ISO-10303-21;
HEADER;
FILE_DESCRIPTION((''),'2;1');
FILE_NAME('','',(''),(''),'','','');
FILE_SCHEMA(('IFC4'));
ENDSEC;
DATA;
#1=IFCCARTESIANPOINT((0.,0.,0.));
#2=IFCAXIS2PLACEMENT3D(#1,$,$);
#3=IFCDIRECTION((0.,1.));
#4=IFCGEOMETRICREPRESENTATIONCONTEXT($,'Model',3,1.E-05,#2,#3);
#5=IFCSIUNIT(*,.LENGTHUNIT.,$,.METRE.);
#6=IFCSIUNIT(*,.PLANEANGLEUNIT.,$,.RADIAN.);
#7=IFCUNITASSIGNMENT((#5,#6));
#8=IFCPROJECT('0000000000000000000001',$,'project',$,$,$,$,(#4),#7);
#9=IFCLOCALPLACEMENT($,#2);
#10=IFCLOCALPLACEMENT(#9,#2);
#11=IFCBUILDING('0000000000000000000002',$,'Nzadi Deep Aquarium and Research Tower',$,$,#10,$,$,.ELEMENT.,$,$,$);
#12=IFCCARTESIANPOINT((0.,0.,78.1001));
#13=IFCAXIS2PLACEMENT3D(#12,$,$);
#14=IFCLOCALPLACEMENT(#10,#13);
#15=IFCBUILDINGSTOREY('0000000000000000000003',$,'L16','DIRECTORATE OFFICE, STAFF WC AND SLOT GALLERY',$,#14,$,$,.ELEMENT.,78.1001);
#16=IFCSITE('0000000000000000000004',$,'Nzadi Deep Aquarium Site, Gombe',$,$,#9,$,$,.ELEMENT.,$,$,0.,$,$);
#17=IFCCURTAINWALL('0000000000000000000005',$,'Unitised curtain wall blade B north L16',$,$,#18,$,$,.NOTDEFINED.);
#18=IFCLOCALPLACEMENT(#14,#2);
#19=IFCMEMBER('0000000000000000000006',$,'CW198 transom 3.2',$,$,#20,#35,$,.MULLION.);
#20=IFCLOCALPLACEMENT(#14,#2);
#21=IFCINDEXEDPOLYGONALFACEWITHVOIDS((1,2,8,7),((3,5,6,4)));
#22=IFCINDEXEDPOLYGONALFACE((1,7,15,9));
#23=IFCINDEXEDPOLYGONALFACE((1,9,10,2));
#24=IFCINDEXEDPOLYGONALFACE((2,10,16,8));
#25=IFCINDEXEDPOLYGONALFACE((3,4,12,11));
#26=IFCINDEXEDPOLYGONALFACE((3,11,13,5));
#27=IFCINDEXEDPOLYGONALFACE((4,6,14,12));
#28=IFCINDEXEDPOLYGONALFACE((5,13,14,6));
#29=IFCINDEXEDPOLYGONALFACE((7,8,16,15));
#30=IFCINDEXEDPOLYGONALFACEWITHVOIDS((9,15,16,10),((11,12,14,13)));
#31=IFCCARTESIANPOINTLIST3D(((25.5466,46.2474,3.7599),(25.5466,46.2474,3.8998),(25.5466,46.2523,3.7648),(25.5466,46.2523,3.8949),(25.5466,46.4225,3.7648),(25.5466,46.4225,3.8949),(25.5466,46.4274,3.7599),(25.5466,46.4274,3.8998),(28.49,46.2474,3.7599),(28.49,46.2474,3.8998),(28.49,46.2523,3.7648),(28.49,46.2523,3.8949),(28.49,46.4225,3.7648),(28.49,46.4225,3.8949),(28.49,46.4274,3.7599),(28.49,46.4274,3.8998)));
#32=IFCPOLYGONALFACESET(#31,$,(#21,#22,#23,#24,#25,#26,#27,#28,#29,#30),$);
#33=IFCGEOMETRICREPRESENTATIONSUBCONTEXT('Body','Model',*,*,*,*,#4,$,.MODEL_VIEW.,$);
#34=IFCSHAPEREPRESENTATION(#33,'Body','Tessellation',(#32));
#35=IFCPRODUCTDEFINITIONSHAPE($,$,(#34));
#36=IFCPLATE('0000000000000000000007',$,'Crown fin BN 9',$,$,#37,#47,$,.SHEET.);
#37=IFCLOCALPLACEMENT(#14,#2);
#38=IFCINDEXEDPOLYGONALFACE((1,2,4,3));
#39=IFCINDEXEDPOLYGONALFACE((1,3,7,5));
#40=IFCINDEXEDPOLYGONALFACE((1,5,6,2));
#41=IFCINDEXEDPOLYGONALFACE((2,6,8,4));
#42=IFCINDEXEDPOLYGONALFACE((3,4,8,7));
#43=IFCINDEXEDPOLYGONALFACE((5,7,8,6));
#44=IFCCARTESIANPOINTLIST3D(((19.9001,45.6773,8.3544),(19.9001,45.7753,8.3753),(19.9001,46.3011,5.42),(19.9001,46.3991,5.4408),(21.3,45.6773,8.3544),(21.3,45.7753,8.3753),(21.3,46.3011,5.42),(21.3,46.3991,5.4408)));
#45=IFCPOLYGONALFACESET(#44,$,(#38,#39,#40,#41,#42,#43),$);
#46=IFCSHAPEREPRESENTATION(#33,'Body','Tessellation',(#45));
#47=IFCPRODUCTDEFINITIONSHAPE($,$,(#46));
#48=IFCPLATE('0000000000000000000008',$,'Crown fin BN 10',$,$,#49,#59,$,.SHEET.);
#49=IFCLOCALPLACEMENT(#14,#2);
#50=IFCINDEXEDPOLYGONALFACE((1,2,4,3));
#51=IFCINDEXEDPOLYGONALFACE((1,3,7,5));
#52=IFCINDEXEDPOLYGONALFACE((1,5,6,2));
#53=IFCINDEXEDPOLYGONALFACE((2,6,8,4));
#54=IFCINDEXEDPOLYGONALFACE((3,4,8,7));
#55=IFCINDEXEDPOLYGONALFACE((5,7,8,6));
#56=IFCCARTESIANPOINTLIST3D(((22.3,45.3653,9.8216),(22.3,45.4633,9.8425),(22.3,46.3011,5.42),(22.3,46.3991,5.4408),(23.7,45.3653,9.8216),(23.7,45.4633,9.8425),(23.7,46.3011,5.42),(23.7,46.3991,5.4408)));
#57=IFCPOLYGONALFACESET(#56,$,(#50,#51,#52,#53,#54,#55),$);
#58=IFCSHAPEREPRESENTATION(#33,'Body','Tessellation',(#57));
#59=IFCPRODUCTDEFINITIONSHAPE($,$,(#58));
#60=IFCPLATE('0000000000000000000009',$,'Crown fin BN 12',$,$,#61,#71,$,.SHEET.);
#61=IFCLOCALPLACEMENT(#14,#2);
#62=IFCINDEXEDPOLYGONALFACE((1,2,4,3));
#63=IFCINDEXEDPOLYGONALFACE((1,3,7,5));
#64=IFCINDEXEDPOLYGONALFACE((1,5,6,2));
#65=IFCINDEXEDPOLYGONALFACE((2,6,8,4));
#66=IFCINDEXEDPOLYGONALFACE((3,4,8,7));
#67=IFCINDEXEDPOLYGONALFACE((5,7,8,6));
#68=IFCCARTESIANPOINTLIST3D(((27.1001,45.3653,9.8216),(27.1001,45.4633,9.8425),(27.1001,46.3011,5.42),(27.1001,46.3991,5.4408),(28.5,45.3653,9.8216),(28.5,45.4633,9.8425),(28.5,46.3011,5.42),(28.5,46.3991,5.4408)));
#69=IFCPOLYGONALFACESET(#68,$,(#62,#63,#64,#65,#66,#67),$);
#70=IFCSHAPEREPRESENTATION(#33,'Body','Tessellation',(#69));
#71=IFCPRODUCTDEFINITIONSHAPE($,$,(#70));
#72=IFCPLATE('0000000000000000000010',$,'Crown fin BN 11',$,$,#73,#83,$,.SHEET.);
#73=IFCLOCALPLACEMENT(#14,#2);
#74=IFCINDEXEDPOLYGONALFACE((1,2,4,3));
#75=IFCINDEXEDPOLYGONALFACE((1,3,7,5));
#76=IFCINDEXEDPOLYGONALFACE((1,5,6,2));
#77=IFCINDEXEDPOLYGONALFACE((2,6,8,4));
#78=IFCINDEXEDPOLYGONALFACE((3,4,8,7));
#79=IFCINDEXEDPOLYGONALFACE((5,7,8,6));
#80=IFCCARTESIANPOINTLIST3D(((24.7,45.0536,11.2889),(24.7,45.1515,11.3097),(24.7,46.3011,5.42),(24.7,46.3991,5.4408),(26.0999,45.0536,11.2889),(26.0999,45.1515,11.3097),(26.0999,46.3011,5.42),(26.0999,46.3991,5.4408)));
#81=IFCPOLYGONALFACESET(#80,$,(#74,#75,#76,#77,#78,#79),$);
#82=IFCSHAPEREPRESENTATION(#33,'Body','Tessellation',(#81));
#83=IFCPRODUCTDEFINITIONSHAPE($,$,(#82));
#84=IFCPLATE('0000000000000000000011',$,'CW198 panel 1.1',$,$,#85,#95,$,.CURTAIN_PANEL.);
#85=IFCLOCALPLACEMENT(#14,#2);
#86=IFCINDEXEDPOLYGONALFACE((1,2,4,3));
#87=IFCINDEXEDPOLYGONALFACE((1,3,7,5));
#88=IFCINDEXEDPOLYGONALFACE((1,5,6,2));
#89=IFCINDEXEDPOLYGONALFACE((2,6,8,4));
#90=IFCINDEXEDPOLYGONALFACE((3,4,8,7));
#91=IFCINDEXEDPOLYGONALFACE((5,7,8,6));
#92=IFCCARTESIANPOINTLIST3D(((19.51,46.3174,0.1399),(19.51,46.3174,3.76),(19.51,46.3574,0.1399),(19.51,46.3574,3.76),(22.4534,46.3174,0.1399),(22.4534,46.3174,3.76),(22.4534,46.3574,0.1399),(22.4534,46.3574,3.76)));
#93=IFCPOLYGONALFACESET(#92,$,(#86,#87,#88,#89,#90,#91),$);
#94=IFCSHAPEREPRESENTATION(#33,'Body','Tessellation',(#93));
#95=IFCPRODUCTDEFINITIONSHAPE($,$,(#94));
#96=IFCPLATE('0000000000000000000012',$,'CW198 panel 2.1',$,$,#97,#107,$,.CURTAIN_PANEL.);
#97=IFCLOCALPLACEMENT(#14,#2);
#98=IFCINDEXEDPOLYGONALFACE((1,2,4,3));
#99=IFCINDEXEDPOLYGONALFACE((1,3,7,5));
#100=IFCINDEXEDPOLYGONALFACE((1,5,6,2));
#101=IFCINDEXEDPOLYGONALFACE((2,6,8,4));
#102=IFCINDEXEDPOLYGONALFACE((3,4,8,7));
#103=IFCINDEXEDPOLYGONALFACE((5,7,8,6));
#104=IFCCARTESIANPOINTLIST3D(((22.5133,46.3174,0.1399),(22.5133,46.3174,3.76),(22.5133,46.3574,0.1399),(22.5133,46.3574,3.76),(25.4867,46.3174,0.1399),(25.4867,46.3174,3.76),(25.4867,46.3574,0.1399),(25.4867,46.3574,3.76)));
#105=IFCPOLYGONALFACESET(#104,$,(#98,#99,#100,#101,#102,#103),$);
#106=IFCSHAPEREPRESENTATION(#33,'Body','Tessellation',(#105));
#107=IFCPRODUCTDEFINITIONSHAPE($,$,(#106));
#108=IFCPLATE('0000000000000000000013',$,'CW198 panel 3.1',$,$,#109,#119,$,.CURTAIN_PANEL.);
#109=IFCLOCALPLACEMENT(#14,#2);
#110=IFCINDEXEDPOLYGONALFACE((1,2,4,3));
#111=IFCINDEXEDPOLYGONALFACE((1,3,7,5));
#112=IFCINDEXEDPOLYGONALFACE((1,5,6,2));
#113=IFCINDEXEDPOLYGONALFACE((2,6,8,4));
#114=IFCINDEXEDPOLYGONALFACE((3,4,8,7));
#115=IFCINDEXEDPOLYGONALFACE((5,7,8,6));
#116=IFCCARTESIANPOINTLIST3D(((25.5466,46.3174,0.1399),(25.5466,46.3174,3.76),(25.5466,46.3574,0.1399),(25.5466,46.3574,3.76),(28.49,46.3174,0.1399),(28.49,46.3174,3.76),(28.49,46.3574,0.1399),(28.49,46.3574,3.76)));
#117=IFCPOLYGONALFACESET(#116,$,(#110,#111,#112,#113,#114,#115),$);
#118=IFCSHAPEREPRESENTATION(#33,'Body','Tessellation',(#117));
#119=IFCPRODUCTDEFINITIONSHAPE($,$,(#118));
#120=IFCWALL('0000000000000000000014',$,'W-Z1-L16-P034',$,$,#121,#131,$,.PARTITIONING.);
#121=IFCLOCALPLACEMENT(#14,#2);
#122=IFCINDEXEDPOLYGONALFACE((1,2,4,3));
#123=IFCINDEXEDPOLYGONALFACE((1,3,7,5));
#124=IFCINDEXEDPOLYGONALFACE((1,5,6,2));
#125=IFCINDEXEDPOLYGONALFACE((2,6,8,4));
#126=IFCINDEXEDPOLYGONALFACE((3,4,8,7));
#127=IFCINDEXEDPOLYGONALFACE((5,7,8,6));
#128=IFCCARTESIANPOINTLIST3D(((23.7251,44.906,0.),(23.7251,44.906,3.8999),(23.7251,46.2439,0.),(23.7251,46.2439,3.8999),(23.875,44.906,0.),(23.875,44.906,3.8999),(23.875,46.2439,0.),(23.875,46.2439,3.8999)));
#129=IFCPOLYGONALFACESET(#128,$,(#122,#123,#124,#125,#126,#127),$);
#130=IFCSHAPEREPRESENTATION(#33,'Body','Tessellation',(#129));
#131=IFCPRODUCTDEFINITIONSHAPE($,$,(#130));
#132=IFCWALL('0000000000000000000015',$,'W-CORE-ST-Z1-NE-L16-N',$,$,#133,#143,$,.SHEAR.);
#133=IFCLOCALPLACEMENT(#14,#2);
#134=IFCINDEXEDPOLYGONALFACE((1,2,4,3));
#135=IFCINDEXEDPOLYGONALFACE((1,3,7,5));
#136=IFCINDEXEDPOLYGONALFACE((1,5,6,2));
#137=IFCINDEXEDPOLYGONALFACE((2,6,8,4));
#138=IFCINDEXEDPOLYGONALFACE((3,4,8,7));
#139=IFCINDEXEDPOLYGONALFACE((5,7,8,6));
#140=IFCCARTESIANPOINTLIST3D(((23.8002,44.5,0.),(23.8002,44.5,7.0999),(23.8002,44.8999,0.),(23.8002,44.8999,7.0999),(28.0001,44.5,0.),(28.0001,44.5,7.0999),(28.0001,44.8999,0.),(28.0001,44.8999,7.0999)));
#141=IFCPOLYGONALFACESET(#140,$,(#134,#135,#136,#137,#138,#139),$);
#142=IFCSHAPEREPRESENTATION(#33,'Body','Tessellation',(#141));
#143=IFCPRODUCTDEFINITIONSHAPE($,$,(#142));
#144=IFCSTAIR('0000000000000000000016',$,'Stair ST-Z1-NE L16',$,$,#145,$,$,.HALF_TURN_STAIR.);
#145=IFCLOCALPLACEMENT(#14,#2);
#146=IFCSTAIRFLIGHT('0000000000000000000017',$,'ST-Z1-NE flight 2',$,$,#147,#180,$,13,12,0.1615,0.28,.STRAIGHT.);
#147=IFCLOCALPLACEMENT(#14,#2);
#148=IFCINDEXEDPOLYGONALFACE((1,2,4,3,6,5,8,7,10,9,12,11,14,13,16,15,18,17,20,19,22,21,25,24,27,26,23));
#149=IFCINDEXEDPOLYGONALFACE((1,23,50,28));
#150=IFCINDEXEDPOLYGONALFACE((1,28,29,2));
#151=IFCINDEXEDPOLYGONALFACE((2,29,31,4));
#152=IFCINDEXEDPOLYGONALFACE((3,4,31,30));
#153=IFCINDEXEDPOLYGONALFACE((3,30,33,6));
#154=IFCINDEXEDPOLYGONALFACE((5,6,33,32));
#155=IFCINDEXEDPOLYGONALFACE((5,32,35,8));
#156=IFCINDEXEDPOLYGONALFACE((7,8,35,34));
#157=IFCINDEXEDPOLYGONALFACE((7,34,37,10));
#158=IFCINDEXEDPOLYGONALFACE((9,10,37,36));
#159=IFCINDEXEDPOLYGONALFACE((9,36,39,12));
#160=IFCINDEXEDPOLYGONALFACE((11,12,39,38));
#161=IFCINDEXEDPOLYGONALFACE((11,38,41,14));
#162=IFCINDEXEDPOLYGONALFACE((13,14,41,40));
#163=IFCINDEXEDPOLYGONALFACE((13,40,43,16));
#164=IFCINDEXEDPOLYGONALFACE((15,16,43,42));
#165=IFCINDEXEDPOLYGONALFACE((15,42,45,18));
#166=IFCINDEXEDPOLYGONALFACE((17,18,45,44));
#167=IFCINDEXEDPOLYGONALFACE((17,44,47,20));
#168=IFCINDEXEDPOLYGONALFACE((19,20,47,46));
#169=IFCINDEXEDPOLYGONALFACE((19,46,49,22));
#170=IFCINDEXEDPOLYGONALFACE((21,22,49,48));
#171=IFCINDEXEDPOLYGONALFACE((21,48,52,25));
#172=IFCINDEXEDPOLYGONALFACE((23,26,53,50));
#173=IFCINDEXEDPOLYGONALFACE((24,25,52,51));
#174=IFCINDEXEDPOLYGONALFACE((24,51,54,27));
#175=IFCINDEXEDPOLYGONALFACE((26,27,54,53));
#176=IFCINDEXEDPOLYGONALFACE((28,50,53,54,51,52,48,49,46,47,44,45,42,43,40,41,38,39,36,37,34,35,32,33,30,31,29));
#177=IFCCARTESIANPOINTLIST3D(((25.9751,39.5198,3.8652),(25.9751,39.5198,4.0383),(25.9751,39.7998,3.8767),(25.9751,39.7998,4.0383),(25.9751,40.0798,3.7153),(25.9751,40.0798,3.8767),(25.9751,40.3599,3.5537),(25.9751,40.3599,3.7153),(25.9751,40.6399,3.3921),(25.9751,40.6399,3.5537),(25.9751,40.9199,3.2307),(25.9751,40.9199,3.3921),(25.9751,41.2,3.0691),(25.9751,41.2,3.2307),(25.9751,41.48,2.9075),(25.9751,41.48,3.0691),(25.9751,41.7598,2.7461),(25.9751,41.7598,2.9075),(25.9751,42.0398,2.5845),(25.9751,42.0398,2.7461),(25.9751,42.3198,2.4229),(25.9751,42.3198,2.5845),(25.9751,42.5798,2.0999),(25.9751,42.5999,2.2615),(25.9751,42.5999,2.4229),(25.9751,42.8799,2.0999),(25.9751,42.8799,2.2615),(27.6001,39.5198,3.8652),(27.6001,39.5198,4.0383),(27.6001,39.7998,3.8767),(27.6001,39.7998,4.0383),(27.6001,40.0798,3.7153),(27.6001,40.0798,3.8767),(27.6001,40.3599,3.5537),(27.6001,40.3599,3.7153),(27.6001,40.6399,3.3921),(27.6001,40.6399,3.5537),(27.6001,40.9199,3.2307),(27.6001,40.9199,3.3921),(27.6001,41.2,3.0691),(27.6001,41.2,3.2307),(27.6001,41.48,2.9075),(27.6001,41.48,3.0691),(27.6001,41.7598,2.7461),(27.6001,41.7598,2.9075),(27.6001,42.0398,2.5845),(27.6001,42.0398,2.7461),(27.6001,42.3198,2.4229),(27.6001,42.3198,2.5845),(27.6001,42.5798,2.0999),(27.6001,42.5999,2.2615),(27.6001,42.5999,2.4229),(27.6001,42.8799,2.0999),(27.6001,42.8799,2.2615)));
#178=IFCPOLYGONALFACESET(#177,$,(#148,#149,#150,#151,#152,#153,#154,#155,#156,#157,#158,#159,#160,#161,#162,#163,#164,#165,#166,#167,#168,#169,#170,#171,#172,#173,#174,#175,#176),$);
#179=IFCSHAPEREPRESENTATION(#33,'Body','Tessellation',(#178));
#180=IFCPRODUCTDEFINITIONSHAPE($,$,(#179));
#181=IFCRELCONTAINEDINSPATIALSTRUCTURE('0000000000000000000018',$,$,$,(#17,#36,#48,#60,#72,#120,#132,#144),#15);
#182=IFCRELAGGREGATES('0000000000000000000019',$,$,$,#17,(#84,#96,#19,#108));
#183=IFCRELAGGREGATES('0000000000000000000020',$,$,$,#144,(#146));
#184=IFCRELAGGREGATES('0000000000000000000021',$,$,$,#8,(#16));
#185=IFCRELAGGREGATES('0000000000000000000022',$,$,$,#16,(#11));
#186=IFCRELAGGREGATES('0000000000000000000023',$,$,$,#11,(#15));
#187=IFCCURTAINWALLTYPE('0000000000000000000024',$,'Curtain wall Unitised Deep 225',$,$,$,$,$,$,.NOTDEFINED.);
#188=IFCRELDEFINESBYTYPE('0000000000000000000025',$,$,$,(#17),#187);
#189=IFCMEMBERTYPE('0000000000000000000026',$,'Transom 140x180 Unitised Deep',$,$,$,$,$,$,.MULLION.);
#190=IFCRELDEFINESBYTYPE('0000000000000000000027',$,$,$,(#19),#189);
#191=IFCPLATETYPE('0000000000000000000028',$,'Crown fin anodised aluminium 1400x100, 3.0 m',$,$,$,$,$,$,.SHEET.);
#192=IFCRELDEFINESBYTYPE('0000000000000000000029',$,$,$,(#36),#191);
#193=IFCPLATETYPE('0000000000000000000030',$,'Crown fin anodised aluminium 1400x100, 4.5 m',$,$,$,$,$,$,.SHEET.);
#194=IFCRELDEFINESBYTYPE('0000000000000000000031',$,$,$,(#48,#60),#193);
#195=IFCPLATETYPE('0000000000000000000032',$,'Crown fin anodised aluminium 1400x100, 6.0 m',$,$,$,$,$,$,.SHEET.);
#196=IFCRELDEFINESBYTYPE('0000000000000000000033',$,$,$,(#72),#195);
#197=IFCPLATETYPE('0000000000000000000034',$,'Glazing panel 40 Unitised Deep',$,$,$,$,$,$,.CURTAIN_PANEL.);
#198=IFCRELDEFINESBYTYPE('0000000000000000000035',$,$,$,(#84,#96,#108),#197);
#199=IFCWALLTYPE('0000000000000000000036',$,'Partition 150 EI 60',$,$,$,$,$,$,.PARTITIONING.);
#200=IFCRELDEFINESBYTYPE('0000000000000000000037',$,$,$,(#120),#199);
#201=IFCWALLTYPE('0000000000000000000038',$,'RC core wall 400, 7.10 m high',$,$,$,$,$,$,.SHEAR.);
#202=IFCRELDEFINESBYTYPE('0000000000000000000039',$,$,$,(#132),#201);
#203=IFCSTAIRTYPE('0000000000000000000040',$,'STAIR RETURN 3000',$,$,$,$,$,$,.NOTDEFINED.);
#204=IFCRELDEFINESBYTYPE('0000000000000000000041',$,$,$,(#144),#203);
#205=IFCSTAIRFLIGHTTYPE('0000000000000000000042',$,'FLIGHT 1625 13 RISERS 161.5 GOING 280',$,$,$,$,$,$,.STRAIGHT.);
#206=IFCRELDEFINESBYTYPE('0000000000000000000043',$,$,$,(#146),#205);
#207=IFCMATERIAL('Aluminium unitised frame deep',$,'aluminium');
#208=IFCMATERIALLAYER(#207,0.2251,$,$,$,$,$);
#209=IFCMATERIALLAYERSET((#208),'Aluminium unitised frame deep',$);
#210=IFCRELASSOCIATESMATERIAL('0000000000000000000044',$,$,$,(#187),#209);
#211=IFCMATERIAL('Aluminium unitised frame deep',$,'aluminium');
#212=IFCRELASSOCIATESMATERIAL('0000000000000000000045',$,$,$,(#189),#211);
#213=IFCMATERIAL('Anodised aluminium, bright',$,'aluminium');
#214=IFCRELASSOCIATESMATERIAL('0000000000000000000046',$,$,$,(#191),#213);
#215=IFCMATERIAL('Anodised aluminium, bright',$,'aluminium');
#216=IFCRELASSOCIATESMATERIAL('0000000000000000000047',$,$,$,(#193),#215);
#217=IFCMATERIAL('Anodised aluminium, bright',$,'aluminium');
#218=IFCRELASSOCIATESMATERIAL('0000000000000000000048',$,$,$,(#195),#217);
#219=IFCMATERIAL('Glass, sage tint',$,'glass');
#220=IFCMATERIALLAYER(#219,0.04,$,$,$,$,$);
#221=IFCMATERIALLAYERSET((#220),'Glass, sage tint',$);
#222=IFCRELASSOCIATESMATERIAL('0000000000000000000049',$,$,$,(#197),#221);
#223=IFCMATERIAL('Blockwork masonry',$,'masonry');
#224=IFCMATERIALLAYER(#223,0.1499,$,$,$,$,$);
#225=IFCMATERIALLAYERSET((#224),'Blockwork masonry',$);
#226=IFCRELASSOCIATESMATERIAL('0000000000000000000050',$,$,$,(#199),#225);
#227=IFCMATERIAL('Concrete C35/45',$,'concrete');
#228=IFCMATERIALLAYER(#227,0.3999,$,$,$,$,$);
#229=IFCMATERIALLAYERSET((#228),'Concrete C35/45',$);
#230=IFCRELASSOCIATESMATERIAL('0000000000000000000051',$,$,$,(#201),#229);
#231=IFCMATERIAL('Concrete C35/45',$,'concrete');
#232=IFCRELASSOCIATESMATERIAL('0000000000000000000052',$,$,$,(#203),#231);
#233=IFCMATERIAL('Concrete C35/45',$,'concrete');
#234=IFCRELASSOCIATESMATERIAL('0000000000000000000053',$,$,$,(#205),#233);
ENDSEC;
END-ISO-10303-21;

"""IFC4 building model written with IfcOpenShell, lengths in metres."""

from ifc_helpers import new_model, si_unit, direction, frame, frame_2d, origin, origin_2d, place, context, subcontext, project, spatial, polyline, rectangle, hollow_rectangle, outline, extrude, material, layer, layer_set, material_profile, profile_set, type_object, element, aggregate, save


model = new_model("IFC4")

# Units and contexts
model_context = context("Model", 3, precision=1e-05, world=origin(), true_north=direction((0.0, 1.0)))
body_context = subcontext(model_context, "Body", "Model", "MODEL_VIEW")
ifc_project = project(units=[si_unit("LENGTHUNIT", "METRE"), si_unit("PLANEANGLEUNIT", "RADIAN")], contexts=[model_context])

# Site, building, storey
site_placement = place(None, origin())
site = spatial("IfcSite", under=ifc_project, at=site_placement, Name="Nzadi Deep Aquarium Site, Gombe", CompositionType="ELEMENT", RefElevation=0.0)
building_placement = place(site_placement, origin())
building = spatial("IfcBuilding", under=site, at=building_placement, Name="Nzadi Deep Aquarium and Research Tower", CompositionType="ELEMENT")
storey_placement = place(building_placement, frame((0.0, 0.0, 78.1001)))
storey = spatial("IfcBuildingStorey", under=building, at=storey_placement, Name="L16", Description="DIRECTORATE OFFICE, STAFF WC AND SLOT GALLERY", CompositionType="ELEMENT", Elevation=78.1001)

# Curtain wall
ifc_material_1 = material(Name="Aluminium unitised frame deep", Category="aluminium")
ifc_layer_1 = layer(ifc_material_1, 0.2251)
ifc_layer_set_1 = layer_set([ifc_layer_1], Name="Aluminium unitised frame deep")
curtain_wall_type = type_object("IfcCurtainWallType", Name="Curtain wall Unitised Deep 225", PredefinedType="NOTDEFINED", material=ifc_layer_set_1)
curtain_wall_1_placement = place(storey_placement, origin())
curtain_wall_1 = element("IfcCurtainWall", 1, at=curtain_wall_1_placement, inside=storey, type_object=curtain_wall_type, Name="Unitised curtain wall blade B north L16", PredefinedType="NOTDEFINED")

# Member
ifc_material_2 = material(Name="Aluminium unitised frame deep", Category="aluminium")
ifc_material_profile_1 = material_profile(ifc_material_2, hollow_rectangle(XDim=0.1799, YDim=0.1399, WallThickness=0.0049, at=origin_2d()))
ifc_profile_set_1 = profile_set([ifc_material_profile_1], Name="Aluminium unitised frame deep")
member_type_1 = type_object("IfcMemberType", Name="Transom 140x180 Unitised Deep", PredefinedType="MULLION", material=ifc_profile_set_1)
member_1_placement = place(storey_placement, frame((25.5466, 46.3374, 3.8298), z_axis=(1.0, 0.0, 0.0), x_axis=(0.0, 1.0, 0.0)))
member_1 = element("IfcMember", 2, at=member_1_placement, type_object=member_type_1, Name="CW198 transom 3.2", PredefinedType="MULLION", context=body_context, shape_type="SweptSolid", body=[
    extrude(hollow_rectangle(XDim=0.1799, YDim=0.1399, WallThickness=0.0049, at=origin_2d()), origin(), (0.0, 0.0, 1.0), 2.9434),
])

# Plates
ifc_material_3 = material(Name="Anodised aluminium, bright", Category="aluminium")
ifc_material_profile_2 = material_profile(ifc_material_3, rectangle(XDim=1.3999, YDim=0.1001, at=origin_2d()))
ifc_profile_set_2 = profile_set([ifc_material_profile_2], Name="Anodised aluminium, bright")
plate_type_1 = type_object("IfcPlateType", Name="Crown fin anodised aluminium 1400x100, 3.0 m", PredefinedType="SHEET", material=ifc_profile_set_2)
plate_1_placement = place(storey_placement, frame((20.6001, 46.3501, 5.4304), z_axis=(0.0, -0.207934, 0.978143), x_axis=(1.0, 0.0, 0.0)))
element("IfcPlate", 3, at=plate_1_placement, inside=storey, type_object=plate_type_1, Name="Crown fin BN 9", PredefinedType="SHEET", context=body_context, shape_type="SweptSolid", body=[
    extrude(rectangle(XDim=1.3999, YDim=0.1001, at=origin_2d()), origin(), (0.0, 0.0, 1.0), 3.0),
])
ifc_material_4 = material(Name="Anodised aluminium, bright", Category="aluminium")
ifc_material_profile_3 = material_profile(ifc_material_4, rectangle(XDim=1.3999, YDim=0.1001, at=origin_2d()))
ifc_profile_set_3 = profile_set([ifc_material_profile_3], Name="Anodised aluminium, bright")
plate_type_2 = type_object("IfcPlateType", Name="Crown fin anodised aluminium 1400x100, 4.5 m", PredefinedType="SHEET", material=ifc_profile_set_3)
for number, where, z_axis, x_axis, name in (
    (4, (23.0, 46.3501, 5.4304), (0.0, -0.207954, 0.978139), (1.0, 0.0, 0.0), "Crown fin BN 10"),
    (5, (27.8, 46.3501, 5.4304), (0.0, -0.207954, 0.978139), (1.0, 0.0, 0.0), "Crown fin BN 12"),
):
    element("IfcPlate", number, at=place(storey_placement, frame(where, z_axis=z_axis, x_axis=x_axis)), inside=storey, type_object=plate_type_2, Name=name, PredefinedType="SHEET", context=body_context, shape_type="SweptSolid", body=[
        extrude(rectangle(XDim=1.3999, YDim=0.1001, at=origin_2d()), origin(), (0.0, 0.0, 1.0), 4.5),
    ])
ifc_material_5 = material(Name="Anodised aluminium, bright", Category="aluminium")
ifc_material_profile_4 = material_profile(ifc_material_5, rectangle(XDim=1.3999, YDim=0.1001, at=origin_2d()))
ifc_profile_set_4 = profile_set([ifc_material_profile_4], Name="Anodised aluminium, bright")
plate_type_3 = type_object("IfcPlateType", Name="Crown fin anodised aluminium 1400x100, 6.0 m", PredefinedType="SHEET", material=ifc_profile_set_4)
plate_2_placement = place(storey_placement, frame((25.3999, 46.3501, 5.4304), z_axis=(0.0, -0.207925, 0.978145), x_axis=(1.0, 0.0, 0.0)))
element("IfcPlate", 6, at=plate_2_placement, inside=storey, type_object=plate_type_3, Name="Crown fin BN 11", PredefinedType="SHEET", context=body_context, shape_type="SweptSolid", body=[
    extrude(rectangle(XDim=1.3999, YDim=0.1001, at=origin_2d()), origin(), (0.0, 0.0, 1.0), 6.0),
])

# Plates
ifc_material_6 = material(Name="Glass, sage tint", Category="glass")
ifc_layer_2 = layer(ifc_material_6, 0.04)
ifc_layer_set_2 = layer_set([ifc_layer_2], Name="Glass, sage tint")
plate_type_4 = type_object("IfcPlateType", Name="Glazing panel 40 Unitised Deep", PredefinedType="CURTAIN_PANEL", material=ifc_layer_set_2)
plate_3_placement = place(storey_placement, frame((20.9817, 46.3374, 0.1399), z_axis=(0.0, 0.0, 1.0), x_axis=(1.0, 0.0, 0.0)))
plate_3 = element("IfcPlate", 7, at=plate_3_placement, type_object=plate_type_4, Name="CW198 panel 1.1", PredefinedType="CURTAIN_PANEL", context=body_context, shape_type="SweptSolid", body=[
    extrude(rectangle(XDim=2.9434, YDim=0.04, at=origin_2d()), origin(), (0.0, 0.0, 1.0), 3.6201),
])
plate_4_placement = place(storey_placement, frame((24.0, 46.3374, 0.1399), z_axis=(0.0, 0.0, 1.0), x_axis=(1.0, 0.0, 0.0)))
plate_4 = element("IfcPlate", 8, at=plate_4_placement, type_object=plate_type_4, Name="CW198 panel 2.1", PredefinedType="CURTAIN_PANEL", context=body_context, shape_type="SweptSolid", body=[
    extrude(rectangle(XDim=2.9734, YDim=0.04, at=origin_2d()), origin(), (0.0, 0.0, 1.0), 3.6201),
])
plate_5_placement = place(storey_placement, frame((27.0183, 46.3374, 0.1399), z_axis=(0.0, 0.0, 1.0), x_axis=(1.0, 0.0, 0.0)))
plate_5 = element("IfcPlate", 9, at=plate_5_placement, type_object=plate_type_4, Name="CW198 panel 3.1", PredefinedType="CURTAIN_PANEL", context=body_context, shape_type="SweptSolid", body=[
    extrude(rectangle(XDim=2.9434, YDim=0.04, at=origin_2d()), origin(), (0.0, 0.0, 1.0), 3.6201),
])
aggregate(curtain_wall_1, [plate_3, plate_4, member_1, plate_5])

# Walls
ifc_material_7 = material(Name="Blockwork masonry", Category="masonry")
ifc_layer_3 = layer(ifc_material_7, 0.1499)
ifc_layer_set_3 = layer_set([ifc_layer_3], Name="Blockwork masonry")
wall_type_1 = type_object("IfcWallType", Name="Partition 150 EI 60", PredefinedType="PARTITIONING", material=ifc_layer_set_3)
wall_1_placement = place(storey_placement, frame((23.8, 44.906, 0.0), z_axis=(0.0, 0.0, 1.0), x_axis=(0.0, 1.0, 0.0)))
element("IfcWall", 10, at=wall_1_placement, inside=storey, type_object=wall_type_1, Name="W-Z1-L16-P034", PredefinedType="PARTITIONING", context=body_context, shape_type="SweptSolid", body=[
    extrude(rectangle(XDim=1.3379, YDim=0.1499, at=frame_2d((0.6689, 0.0))), origin(), (0.0, 0.0, 1.0), 3.8999),
])
ifc_material_8 = material(Name="Concrete C35/45", Category="concrete")
ifc_layer_4 = layer(ifc_material_8, 0.3999)
ifc_layer_set_4 = layer_set([ifc_layer_4], Name="Concrete C35/45")
wall_type_2 = type_object("IfcWallType", Name="RC core wall 400, 7.10 m high", PredefinedType="SHEAR", material=ifc_layer_set_4)
wall_2_placement = place(storey_placement, frame((23.8, 44.7, 0.0), z_axis=(0.0, 0.0, 1.0), x_axis=(1.0, 0.0, 0.0)))
element("IfcWall", 11, at=wall_2_placement, inside=storey, type_object=wall_type_2, Name="W-CORE-ST-Z1-NE-L16-N", PredefinedType="SHEAR", context=body_context, shape_type="SweptSolid", body=[
    extrude(rectangle(XDim=4.2, YDim=0.3999, at=frame_2d((2.1001, 0.0))), origin(), (0.0, 0.0, 1.0), 7.0999),
])

# Stair, stair flight
ifc_material_9 = material(Name="Concrete C35/45", Category="concrete")
stair_type = type_object("IfcStairType", Name="STAIR RETURN 3000", PredefinedType="NOTDEFINED", material=ifc_material_9)
stair_placement = place(storey_placement, origin())
stair = element("IfcStair", 12, at=stair_placement, inside=storey, type_object=stair_type, Name="Stair ST-Z1-NE L16", PredefinedType="HALF_TURN_STAIR")
ifc_material_10 = material(Name="Concrete C35/45", Category="concrete")
stair_flight_type = type_object("IfcStairFlightType", Name="FLIGHT 1625 13 RISERS 161.5 GOING 280", PredefinedType="STRAIGHT", material=ifc_material_10)
stair_flight_placement = place(storey_placement, frame((26.7876, 42.8799, 2.0999), z_axis=(0.0, 0.0, 1.0), x_axis=(0.0, -1.0, 0.0)))
stair_flight = element("IfcStairFlight", 13, at=stair_flight_placement, type_object=stair_flight_type, Name="ST-Z1-NE flight 2", NumberOfRisers=13, NumberOfTreads=12, PredefinedType="STRAIGHT", RiserHeight=0.1615, TreadLength=0.28, context=body_context, shape_type="SweptSolid", body=[
    extrude(outline(polyline([(0.0, 0.0), (0.0, 0.1616), (0.28, 0.1616), (0.28, 0.323), (0.5601, 0.323), (0.5601, 0.4846), (0.8401, 0.4846), (0.8401, 0.6462), (1.1201, 0.6462), (1.1201, 0.8076), (1.3999, 0.8076), (1.3999, 0.9692), (1.6799, 0.9692), (1.6799, 1.1309), (1.96, 1.1309), (1.96, 1.2922), (2.24, 1.2922), (2.24, 1.4539), (2.52, 1.4539), (2.52, 1.6155), (2.8, 1.6155), (2.8, 1.7769), (3.0801, 1.7769), (3.0801, 1.9385), (3.3601, 1.9385), (3.3601, 2.1001), (3.3601, 1.7654), (0.3, 0.0), (0.0, 0.0)])), frame((0.0, 0.8125, 0.0), z_axis=(0.0, -1.0, 0.0), x_axis=(1.0, 0.0, 0.0)), (0.0, 0.0, 1.0), 1.625),
])
aggregate(stair, [stair_flight])

save(model, "model.ifc")
